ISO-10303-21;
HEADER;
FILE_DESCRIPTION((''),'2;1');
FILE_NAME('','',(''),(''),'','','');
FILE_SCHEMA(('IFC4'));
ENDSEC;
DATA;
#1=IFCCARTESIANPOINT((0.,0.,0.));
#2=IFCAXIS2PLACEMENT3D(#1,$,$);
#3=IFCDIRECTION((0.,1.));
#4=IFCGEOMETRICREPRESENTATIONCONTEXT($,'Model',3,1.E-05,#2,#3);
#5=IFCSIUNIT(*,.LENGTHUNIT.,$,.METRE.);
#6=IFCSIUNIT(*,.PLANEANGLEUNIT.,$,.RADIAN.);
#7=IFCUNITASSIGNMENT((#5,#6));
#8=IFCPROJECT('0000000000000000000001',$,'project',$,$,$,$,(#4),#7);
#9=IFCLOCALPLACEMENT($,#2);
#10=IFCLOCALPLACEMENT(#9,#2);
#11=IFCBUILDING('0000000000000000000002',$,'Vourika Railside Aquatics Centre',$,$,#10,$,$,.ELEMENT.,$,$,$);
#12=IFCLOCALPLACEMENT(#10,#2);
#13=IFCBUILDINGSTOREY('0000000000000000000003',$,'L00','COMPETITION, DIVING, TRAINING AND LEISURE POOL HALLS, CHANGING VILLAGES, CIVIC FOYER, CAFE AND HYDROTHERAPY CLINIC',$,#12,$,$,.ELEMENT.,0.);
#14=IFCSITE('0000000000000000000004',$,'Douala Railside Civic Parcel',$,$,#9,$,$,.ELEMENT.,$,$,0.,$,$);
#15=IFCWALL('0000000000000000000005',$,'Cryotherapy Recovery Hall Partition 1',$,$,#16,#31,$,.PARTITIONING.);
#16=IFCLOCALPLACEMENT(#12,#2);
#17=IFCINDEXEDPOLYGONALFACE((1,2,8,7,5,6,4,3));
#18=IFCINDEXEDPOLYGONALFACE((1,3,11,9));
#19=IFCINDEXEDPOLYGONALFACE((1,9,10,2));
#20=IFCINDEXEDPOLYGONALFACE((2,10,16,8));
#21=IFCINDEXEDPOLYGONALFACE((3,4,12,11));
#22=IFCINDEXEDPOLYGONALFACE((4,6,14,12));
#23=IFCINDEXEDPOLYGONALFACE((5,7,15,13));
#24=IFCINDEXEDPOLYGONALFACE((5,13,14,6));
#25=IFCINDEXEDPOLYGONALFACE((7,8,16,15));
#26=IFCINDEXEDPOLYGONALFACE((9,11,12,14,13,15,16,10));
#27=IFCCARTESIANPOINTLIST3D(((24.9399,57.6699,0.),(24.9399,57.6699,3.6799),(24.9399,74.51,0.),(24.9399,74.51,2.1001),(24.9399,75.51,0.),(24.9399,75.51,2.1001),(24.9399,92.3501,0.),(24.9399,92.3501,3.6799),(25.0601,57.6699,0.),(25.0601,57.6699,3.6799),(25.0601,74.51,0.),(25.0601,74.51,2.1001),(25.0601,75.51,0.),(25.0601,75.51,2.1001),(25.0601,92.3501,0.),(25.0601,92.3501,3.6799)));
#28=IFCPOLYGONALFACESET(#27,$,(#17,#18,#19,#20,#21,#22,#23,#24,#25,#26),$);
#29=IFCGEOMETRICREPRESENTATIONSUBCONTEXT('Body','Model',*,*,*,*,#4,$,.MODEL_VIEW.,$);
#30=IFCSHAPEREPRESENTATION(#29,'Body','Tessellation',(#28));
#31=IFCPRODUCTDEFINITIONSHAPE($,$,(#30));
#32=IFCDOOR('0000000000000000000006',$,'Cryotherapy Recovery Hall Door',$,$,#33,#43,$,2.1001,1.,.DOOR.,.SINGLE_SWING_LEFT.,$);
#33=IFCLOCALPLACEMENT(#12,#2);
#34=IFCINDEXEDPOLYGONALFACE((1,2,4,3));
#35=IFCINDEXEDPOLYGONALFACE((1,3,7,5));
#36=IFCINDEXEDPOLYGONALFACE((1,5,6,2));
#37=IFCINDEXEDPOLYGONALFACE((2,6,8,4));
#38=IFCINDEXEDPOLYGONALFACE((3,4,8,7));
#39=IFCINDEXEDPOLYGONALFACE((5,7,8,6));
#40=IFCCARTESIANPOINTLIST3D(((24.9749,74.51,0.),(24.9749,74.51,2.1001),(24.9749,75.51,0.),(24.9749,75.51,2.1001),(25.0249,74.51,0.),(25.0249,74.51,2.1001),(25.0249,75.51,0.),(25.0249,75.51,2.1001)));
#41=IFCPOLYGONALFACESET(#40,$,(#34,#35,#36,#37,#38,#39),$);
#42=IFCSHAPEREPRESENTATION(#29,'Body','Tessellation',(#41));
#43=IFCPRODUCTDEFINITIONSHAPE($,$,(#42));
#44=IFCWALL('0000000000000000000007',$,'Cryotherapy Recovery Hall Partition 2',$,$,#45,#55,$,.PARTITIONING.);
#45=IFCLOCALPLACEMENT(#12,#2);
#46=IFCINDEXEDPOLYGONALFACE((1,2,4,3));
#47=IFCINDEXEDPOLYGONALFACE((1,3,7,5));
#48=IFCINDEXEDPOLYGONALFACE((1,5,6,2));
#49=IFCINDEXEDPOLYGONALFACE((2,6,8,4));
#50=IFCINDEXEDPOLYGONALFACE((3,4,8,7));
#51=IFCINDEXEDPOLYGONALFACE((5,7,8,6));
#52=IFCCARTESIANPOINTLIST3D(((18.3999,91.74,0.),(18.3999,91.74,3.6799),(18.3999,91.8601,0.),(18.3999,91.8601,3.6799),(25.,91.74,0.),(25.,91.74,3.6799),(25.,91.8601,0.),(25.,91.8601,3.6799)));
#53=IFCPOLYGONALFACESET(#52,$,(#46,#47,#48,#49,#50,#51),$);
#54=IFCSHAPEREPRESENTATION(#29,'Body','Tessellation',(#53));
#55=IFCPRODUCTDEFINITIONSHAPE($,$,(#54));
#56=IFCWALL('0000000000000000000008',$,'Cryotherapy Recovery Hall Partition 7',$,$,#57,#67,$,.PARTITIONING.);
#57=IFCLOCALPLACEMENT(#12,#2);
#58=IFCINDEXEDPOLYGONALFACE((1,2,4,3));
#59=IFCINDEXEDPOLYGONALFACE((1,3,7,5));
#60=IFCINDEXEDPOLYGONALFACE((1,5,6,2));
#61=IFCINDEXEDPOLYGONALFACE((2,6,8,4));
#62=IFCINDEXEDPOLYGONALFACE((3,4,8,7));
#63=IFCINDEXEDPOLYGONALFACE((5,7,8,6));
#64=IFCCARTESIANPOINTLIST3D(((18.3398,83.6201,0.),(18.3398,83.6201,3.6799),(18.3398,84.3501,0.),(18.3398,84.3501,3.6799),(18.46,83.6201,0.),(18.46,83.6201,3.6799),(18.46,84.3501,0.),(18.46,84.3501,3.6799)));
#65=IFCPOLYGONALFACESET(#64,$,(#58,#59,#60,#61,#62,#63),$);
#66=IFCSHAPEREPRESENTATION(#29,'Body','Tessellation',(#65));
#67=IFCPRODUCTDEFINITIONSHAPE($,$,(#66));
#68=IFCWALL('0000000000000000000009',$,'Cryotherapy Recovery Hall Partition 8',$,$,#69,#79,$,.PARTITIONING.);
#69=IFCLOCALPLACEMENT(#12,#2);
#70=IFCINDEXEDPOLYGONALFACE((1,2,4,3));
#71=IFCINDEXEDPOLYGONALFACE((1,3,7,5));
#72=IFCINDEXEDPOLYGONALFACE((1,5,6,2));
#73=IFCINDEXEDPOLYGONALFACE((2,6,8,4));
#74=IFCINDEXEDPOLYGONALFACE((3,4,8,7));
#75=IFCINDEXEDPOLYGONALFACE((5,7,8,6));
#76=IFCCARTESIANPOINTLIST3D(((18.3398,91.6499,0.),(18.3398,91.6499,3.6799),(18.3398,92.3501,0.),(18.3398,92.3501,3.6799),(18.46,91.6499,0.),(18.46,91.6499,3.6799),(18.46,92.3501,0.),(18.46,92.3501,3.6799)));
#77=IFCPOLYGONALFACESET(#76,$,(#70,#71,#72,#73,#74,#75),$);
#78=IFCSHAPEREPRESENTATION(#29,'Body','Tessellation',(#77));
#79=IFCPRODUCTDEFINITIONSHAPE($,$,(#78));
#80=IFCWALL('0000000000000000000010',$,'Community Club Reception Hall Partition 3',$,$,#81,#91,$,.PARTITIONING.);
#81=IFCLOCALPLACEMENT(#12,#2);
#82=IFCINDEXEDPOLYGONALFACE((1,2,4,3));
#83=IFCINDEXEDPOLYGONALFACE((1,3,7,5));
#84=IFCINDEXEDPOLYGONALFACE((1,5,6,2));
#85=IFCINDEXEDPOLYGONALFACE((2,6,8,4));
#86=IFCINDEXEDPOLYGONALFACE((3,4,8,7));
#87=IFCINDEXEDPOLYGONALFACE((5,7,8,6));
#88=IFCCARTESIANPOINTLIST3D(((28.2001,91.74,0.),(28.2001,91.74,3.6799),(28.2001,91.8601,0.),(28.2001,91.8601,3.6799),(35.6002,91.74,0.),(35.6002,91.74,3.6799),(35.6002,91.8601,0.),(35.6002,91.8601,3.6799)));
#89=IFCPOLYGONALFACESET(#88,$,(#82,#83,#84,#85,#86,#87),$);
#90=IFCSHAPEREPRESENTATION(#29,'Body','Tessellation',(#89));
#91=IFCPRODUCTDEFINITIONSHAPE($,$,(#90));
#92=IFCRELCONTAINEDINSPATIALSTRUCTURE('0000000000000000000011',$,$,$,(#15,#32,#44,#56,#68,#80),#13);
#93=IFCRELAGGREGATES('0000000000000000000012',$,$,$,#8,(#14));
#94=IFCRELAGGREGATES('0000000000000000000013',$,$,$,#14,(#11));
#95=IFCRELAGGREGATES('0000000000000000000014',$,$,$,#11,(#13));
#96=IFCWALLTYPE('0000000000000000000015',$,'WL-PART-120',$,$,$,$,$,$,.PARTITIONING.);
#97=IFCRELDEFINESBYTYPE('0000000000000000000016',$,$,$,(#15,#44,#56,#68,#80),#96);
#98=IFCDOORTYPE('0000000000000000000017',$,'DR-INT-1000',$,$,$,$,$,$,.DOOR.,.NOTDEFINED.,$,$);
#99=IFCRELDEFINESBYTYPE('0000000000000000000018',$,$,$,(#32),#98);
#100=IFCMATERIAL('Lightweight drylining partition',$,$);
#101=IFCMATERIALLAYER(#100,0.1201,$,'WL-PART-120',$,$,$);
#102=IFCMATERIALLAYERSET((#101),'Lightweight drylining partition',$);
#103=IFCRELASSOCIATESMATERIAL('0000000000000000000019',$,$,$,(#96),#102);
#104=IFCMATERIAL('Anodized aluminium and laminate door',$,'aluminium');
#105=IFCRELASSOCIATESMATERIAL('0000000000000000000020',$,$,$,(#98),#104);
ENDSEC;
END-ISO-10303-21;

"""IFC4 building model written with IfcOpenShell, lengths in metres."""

from ifc_helpers import new_model, si_unit, direction, frame, frame_2d, origin, place, context, subcontext, project, spatial, rectangle, extrude, material, layer, layer_set, type_object, element, fill, save


model = new_model("IFC4")

# Units and contexts
model_context = context("Model", 3, precision=1e-05, world=origin(), true_north=direction((0.0, 1.0)))
body_context = subcontext(model_context, "Body", "Model", "MODEL_VIEW")
ifc_project = project(units=[si_unit("LENGTHUNIT", "METRE"), si_unit("PLANEANGLEUNIT", "RADIAN")], contexts=[model_context])

# Site, building, storey
site_placement = place(None, origin())
site = spatial("IfcSite", under=ifc_project, at=site_placement, Name="Douala Railside Civic Parcel", CompositionType="ELEMENT", RefElevation=0.0)
building_placement = place(site_placement, origin())
building = spatial("IfcBuilding", under=site, at=building_placement, Name="Vourika Railside Aquatics Centre", CompositionType="ELEMENT")
storey_placement = place(building_placement, origin())
storey = spatial("IfcBuildingStorey", under=building, at=storey_placement, Name="L00", Description="COMPETITION, DIVING, TRAINING AND LEISURE POOL HALLS, CHANGING VILLAGES, CIVIC FOYER, CAFE AND HYDROTHERAPY CLINIC", CompositionType="ELEMENT", Elevation=0.0)

# Wall, opening, door
ifc_material_1 = material(Name="Lightweight drylining partition")
ifc_layer_1 = layer(ifc_material_1, 0.1201, Name="WL-PART-120")
ifc_layer_set_1 = layer_set([ifc_layer_1], Name="Lightweight drylining partition")
wall_type_1 = type_object("IfcWallType", Name="WL-PART-120", PredefinedType="PARTITIONING", material=ifc_layer_set_1)
wall_1_placement = place(storey_placement, frame((25.0, 92.3501, 0.0), z_axis=(0.0, 0.0, 1.0), x_axis=(0.0, -1.0, 0.0)))
wall_1 = element("IfcWall", 1, at=wall_1_placement, inside=storey, type_object=wall_type_1, Name="Cryotherapy Recovery Hall Partition 1", PredefinedType="PARTITIONING", context=body_context, shape_type="SweptSolid", body=[
    extrude(rectangle(XDim=34.6802, YDim=0.1201, at=frame_2d((17.3401, 0.0))), origin(), (0.0, 0.0, 1.0), 3.6799),
])
opening_1_placement = place(wall_1_placement, frame((16.8401, 0.0, 0.0)))
opening_1 = element("IfcOpeningElement", 2, at=opening_1_placement, cuts=wall_1, PredefinedType="OPENING", context=body_context, shape_type="SweptSolid", body=[
    extrude(rectangle(XDim=1.0, YDim=2.1001, at=frame_2d((0.5, 1.05))), frame((0.0, 0.0701, 0.0), z_axis=(0.0, -1.0, 0.0), x_axis=(1.0, 0.0, 0.0)), (0.0, 0.0, 1.0), 0.1401),
])
ifc_material_2 = material(Name="Anodized aluminium and laminate door", Category="aluminium")
door_type = type_object("IfcDoorType", Name="DR-INT-1000", OperationType="NOTDEFINED", PredefinedType="DOOR", material=ifc_material_2)
door_placement = place(opening_1_placement, origin())
door = element("IfcDoor", 3, at=door_placement, inside=storey, type_object=door_type, Name="Cryotherapy Recovery Hall Door", OperationType="SINGLE_SWING_LEFT", OverallHeight=2.1001, OverallWidth=1.0, PredefinedType="DOOR", context=body_context, shape_type="SweptSolid", body=[
    extrude(rectangle(XDim=1.0, YDim=2.1001, at=frame_2d((0.5, 1.05))), frame((0.0, 0.0249, 0.0), z_axis=(0.0, -1.0, 0.0), x_axis=(1.0, 0.0, 0.0)), (0.0, 0.0, 1.0), 0.05),
])
fill(opening_1, door)

# Walls
wall_2_placement = place(storey_placement, frame((18.3999, 91.8, 0.0), z_axis=(0.0, 0.0, 1.0), x_axis=(1.0, 0.0, 0.0)))
element("IfcWall", 4, at=wall_2_placement, inside=storey, type_object=wall_type_1, Name="Cryotherapy Recovery Hall Partition 2", PredefinedType="PARTITIONING", context=body_context, shape_type="SweptSolid", body=[
    extrude(rectangle(XDim=6.6001, YDim=0.1201, at=frame_2d((3.3, 0.0))), origin(), (0.0, 0.0, 1.0), 3.6799),
])
wall_3_placement = place(storey_placement, frame((18.3999, 83.6201, 0.0), z_axis=(0.0, 0.0, 1.0), x_axis=(0.0, 1.0, 0.0)))
element("IfcWall", 5, at=wall_3_placement, inside=storey, type_object=wall_type_1, Name="Cryotherapy Recovery Hall Partition 7", PredefinedType="PARTITIONING", context=body_context, shape_type="SweptSolid", body=[
    extrude(rectangle(XDim=0.73, YDim=0.1201, at=frame_2d((0.365, 0.0))), origin(), (0.0, 0.0, 1.0), 3.6799),
])
wall_4_placement = place(storey_placement, frame((18.3999, 91.6499, 0.0), z_axis=(0.0, 0.0, 1.0), x_axis=(0.0, 1.0, 0.0)))
element("IfcWall", 6, at=wall_4_placement, inside=storey, type_object=wall_type_1, Name="Cryotherapy Recovery Hall Partition 8", PredefinedType="PARTITIONING", context=body_context, shape_type="SweptSolid", body=[
    extrude(rectangle(XDim=0.7002, YDim=0.1201, at=frame_2d((0.3501, 0.0))), origin(), (0.0, 0.0, 1.0), 3.6799),
])
wall_5_placement = place(storey_placement, frame((28.2, 91.8, 0.0), z_axis=(0.0, 0.0, 1.0), x_axis=(1.0, 0.0, 0.0)))
element("IfcWall", 7, at=wall_5_placement, inside=storey, type_object=wall_type_1, Name="Community Club Reception Hall Partition 3", PredefinedType="PARTITIONING", context=body_context, shape_type="SweptSolid", body=[
    extrude(rectangle(XDim=7.4001, YDim=0.1201, at=frame_2d((3.7002, 0.0))), origin(), (0.0, 0.0, 1.0), 3.6799),
])

save(model, "model.ifc")
